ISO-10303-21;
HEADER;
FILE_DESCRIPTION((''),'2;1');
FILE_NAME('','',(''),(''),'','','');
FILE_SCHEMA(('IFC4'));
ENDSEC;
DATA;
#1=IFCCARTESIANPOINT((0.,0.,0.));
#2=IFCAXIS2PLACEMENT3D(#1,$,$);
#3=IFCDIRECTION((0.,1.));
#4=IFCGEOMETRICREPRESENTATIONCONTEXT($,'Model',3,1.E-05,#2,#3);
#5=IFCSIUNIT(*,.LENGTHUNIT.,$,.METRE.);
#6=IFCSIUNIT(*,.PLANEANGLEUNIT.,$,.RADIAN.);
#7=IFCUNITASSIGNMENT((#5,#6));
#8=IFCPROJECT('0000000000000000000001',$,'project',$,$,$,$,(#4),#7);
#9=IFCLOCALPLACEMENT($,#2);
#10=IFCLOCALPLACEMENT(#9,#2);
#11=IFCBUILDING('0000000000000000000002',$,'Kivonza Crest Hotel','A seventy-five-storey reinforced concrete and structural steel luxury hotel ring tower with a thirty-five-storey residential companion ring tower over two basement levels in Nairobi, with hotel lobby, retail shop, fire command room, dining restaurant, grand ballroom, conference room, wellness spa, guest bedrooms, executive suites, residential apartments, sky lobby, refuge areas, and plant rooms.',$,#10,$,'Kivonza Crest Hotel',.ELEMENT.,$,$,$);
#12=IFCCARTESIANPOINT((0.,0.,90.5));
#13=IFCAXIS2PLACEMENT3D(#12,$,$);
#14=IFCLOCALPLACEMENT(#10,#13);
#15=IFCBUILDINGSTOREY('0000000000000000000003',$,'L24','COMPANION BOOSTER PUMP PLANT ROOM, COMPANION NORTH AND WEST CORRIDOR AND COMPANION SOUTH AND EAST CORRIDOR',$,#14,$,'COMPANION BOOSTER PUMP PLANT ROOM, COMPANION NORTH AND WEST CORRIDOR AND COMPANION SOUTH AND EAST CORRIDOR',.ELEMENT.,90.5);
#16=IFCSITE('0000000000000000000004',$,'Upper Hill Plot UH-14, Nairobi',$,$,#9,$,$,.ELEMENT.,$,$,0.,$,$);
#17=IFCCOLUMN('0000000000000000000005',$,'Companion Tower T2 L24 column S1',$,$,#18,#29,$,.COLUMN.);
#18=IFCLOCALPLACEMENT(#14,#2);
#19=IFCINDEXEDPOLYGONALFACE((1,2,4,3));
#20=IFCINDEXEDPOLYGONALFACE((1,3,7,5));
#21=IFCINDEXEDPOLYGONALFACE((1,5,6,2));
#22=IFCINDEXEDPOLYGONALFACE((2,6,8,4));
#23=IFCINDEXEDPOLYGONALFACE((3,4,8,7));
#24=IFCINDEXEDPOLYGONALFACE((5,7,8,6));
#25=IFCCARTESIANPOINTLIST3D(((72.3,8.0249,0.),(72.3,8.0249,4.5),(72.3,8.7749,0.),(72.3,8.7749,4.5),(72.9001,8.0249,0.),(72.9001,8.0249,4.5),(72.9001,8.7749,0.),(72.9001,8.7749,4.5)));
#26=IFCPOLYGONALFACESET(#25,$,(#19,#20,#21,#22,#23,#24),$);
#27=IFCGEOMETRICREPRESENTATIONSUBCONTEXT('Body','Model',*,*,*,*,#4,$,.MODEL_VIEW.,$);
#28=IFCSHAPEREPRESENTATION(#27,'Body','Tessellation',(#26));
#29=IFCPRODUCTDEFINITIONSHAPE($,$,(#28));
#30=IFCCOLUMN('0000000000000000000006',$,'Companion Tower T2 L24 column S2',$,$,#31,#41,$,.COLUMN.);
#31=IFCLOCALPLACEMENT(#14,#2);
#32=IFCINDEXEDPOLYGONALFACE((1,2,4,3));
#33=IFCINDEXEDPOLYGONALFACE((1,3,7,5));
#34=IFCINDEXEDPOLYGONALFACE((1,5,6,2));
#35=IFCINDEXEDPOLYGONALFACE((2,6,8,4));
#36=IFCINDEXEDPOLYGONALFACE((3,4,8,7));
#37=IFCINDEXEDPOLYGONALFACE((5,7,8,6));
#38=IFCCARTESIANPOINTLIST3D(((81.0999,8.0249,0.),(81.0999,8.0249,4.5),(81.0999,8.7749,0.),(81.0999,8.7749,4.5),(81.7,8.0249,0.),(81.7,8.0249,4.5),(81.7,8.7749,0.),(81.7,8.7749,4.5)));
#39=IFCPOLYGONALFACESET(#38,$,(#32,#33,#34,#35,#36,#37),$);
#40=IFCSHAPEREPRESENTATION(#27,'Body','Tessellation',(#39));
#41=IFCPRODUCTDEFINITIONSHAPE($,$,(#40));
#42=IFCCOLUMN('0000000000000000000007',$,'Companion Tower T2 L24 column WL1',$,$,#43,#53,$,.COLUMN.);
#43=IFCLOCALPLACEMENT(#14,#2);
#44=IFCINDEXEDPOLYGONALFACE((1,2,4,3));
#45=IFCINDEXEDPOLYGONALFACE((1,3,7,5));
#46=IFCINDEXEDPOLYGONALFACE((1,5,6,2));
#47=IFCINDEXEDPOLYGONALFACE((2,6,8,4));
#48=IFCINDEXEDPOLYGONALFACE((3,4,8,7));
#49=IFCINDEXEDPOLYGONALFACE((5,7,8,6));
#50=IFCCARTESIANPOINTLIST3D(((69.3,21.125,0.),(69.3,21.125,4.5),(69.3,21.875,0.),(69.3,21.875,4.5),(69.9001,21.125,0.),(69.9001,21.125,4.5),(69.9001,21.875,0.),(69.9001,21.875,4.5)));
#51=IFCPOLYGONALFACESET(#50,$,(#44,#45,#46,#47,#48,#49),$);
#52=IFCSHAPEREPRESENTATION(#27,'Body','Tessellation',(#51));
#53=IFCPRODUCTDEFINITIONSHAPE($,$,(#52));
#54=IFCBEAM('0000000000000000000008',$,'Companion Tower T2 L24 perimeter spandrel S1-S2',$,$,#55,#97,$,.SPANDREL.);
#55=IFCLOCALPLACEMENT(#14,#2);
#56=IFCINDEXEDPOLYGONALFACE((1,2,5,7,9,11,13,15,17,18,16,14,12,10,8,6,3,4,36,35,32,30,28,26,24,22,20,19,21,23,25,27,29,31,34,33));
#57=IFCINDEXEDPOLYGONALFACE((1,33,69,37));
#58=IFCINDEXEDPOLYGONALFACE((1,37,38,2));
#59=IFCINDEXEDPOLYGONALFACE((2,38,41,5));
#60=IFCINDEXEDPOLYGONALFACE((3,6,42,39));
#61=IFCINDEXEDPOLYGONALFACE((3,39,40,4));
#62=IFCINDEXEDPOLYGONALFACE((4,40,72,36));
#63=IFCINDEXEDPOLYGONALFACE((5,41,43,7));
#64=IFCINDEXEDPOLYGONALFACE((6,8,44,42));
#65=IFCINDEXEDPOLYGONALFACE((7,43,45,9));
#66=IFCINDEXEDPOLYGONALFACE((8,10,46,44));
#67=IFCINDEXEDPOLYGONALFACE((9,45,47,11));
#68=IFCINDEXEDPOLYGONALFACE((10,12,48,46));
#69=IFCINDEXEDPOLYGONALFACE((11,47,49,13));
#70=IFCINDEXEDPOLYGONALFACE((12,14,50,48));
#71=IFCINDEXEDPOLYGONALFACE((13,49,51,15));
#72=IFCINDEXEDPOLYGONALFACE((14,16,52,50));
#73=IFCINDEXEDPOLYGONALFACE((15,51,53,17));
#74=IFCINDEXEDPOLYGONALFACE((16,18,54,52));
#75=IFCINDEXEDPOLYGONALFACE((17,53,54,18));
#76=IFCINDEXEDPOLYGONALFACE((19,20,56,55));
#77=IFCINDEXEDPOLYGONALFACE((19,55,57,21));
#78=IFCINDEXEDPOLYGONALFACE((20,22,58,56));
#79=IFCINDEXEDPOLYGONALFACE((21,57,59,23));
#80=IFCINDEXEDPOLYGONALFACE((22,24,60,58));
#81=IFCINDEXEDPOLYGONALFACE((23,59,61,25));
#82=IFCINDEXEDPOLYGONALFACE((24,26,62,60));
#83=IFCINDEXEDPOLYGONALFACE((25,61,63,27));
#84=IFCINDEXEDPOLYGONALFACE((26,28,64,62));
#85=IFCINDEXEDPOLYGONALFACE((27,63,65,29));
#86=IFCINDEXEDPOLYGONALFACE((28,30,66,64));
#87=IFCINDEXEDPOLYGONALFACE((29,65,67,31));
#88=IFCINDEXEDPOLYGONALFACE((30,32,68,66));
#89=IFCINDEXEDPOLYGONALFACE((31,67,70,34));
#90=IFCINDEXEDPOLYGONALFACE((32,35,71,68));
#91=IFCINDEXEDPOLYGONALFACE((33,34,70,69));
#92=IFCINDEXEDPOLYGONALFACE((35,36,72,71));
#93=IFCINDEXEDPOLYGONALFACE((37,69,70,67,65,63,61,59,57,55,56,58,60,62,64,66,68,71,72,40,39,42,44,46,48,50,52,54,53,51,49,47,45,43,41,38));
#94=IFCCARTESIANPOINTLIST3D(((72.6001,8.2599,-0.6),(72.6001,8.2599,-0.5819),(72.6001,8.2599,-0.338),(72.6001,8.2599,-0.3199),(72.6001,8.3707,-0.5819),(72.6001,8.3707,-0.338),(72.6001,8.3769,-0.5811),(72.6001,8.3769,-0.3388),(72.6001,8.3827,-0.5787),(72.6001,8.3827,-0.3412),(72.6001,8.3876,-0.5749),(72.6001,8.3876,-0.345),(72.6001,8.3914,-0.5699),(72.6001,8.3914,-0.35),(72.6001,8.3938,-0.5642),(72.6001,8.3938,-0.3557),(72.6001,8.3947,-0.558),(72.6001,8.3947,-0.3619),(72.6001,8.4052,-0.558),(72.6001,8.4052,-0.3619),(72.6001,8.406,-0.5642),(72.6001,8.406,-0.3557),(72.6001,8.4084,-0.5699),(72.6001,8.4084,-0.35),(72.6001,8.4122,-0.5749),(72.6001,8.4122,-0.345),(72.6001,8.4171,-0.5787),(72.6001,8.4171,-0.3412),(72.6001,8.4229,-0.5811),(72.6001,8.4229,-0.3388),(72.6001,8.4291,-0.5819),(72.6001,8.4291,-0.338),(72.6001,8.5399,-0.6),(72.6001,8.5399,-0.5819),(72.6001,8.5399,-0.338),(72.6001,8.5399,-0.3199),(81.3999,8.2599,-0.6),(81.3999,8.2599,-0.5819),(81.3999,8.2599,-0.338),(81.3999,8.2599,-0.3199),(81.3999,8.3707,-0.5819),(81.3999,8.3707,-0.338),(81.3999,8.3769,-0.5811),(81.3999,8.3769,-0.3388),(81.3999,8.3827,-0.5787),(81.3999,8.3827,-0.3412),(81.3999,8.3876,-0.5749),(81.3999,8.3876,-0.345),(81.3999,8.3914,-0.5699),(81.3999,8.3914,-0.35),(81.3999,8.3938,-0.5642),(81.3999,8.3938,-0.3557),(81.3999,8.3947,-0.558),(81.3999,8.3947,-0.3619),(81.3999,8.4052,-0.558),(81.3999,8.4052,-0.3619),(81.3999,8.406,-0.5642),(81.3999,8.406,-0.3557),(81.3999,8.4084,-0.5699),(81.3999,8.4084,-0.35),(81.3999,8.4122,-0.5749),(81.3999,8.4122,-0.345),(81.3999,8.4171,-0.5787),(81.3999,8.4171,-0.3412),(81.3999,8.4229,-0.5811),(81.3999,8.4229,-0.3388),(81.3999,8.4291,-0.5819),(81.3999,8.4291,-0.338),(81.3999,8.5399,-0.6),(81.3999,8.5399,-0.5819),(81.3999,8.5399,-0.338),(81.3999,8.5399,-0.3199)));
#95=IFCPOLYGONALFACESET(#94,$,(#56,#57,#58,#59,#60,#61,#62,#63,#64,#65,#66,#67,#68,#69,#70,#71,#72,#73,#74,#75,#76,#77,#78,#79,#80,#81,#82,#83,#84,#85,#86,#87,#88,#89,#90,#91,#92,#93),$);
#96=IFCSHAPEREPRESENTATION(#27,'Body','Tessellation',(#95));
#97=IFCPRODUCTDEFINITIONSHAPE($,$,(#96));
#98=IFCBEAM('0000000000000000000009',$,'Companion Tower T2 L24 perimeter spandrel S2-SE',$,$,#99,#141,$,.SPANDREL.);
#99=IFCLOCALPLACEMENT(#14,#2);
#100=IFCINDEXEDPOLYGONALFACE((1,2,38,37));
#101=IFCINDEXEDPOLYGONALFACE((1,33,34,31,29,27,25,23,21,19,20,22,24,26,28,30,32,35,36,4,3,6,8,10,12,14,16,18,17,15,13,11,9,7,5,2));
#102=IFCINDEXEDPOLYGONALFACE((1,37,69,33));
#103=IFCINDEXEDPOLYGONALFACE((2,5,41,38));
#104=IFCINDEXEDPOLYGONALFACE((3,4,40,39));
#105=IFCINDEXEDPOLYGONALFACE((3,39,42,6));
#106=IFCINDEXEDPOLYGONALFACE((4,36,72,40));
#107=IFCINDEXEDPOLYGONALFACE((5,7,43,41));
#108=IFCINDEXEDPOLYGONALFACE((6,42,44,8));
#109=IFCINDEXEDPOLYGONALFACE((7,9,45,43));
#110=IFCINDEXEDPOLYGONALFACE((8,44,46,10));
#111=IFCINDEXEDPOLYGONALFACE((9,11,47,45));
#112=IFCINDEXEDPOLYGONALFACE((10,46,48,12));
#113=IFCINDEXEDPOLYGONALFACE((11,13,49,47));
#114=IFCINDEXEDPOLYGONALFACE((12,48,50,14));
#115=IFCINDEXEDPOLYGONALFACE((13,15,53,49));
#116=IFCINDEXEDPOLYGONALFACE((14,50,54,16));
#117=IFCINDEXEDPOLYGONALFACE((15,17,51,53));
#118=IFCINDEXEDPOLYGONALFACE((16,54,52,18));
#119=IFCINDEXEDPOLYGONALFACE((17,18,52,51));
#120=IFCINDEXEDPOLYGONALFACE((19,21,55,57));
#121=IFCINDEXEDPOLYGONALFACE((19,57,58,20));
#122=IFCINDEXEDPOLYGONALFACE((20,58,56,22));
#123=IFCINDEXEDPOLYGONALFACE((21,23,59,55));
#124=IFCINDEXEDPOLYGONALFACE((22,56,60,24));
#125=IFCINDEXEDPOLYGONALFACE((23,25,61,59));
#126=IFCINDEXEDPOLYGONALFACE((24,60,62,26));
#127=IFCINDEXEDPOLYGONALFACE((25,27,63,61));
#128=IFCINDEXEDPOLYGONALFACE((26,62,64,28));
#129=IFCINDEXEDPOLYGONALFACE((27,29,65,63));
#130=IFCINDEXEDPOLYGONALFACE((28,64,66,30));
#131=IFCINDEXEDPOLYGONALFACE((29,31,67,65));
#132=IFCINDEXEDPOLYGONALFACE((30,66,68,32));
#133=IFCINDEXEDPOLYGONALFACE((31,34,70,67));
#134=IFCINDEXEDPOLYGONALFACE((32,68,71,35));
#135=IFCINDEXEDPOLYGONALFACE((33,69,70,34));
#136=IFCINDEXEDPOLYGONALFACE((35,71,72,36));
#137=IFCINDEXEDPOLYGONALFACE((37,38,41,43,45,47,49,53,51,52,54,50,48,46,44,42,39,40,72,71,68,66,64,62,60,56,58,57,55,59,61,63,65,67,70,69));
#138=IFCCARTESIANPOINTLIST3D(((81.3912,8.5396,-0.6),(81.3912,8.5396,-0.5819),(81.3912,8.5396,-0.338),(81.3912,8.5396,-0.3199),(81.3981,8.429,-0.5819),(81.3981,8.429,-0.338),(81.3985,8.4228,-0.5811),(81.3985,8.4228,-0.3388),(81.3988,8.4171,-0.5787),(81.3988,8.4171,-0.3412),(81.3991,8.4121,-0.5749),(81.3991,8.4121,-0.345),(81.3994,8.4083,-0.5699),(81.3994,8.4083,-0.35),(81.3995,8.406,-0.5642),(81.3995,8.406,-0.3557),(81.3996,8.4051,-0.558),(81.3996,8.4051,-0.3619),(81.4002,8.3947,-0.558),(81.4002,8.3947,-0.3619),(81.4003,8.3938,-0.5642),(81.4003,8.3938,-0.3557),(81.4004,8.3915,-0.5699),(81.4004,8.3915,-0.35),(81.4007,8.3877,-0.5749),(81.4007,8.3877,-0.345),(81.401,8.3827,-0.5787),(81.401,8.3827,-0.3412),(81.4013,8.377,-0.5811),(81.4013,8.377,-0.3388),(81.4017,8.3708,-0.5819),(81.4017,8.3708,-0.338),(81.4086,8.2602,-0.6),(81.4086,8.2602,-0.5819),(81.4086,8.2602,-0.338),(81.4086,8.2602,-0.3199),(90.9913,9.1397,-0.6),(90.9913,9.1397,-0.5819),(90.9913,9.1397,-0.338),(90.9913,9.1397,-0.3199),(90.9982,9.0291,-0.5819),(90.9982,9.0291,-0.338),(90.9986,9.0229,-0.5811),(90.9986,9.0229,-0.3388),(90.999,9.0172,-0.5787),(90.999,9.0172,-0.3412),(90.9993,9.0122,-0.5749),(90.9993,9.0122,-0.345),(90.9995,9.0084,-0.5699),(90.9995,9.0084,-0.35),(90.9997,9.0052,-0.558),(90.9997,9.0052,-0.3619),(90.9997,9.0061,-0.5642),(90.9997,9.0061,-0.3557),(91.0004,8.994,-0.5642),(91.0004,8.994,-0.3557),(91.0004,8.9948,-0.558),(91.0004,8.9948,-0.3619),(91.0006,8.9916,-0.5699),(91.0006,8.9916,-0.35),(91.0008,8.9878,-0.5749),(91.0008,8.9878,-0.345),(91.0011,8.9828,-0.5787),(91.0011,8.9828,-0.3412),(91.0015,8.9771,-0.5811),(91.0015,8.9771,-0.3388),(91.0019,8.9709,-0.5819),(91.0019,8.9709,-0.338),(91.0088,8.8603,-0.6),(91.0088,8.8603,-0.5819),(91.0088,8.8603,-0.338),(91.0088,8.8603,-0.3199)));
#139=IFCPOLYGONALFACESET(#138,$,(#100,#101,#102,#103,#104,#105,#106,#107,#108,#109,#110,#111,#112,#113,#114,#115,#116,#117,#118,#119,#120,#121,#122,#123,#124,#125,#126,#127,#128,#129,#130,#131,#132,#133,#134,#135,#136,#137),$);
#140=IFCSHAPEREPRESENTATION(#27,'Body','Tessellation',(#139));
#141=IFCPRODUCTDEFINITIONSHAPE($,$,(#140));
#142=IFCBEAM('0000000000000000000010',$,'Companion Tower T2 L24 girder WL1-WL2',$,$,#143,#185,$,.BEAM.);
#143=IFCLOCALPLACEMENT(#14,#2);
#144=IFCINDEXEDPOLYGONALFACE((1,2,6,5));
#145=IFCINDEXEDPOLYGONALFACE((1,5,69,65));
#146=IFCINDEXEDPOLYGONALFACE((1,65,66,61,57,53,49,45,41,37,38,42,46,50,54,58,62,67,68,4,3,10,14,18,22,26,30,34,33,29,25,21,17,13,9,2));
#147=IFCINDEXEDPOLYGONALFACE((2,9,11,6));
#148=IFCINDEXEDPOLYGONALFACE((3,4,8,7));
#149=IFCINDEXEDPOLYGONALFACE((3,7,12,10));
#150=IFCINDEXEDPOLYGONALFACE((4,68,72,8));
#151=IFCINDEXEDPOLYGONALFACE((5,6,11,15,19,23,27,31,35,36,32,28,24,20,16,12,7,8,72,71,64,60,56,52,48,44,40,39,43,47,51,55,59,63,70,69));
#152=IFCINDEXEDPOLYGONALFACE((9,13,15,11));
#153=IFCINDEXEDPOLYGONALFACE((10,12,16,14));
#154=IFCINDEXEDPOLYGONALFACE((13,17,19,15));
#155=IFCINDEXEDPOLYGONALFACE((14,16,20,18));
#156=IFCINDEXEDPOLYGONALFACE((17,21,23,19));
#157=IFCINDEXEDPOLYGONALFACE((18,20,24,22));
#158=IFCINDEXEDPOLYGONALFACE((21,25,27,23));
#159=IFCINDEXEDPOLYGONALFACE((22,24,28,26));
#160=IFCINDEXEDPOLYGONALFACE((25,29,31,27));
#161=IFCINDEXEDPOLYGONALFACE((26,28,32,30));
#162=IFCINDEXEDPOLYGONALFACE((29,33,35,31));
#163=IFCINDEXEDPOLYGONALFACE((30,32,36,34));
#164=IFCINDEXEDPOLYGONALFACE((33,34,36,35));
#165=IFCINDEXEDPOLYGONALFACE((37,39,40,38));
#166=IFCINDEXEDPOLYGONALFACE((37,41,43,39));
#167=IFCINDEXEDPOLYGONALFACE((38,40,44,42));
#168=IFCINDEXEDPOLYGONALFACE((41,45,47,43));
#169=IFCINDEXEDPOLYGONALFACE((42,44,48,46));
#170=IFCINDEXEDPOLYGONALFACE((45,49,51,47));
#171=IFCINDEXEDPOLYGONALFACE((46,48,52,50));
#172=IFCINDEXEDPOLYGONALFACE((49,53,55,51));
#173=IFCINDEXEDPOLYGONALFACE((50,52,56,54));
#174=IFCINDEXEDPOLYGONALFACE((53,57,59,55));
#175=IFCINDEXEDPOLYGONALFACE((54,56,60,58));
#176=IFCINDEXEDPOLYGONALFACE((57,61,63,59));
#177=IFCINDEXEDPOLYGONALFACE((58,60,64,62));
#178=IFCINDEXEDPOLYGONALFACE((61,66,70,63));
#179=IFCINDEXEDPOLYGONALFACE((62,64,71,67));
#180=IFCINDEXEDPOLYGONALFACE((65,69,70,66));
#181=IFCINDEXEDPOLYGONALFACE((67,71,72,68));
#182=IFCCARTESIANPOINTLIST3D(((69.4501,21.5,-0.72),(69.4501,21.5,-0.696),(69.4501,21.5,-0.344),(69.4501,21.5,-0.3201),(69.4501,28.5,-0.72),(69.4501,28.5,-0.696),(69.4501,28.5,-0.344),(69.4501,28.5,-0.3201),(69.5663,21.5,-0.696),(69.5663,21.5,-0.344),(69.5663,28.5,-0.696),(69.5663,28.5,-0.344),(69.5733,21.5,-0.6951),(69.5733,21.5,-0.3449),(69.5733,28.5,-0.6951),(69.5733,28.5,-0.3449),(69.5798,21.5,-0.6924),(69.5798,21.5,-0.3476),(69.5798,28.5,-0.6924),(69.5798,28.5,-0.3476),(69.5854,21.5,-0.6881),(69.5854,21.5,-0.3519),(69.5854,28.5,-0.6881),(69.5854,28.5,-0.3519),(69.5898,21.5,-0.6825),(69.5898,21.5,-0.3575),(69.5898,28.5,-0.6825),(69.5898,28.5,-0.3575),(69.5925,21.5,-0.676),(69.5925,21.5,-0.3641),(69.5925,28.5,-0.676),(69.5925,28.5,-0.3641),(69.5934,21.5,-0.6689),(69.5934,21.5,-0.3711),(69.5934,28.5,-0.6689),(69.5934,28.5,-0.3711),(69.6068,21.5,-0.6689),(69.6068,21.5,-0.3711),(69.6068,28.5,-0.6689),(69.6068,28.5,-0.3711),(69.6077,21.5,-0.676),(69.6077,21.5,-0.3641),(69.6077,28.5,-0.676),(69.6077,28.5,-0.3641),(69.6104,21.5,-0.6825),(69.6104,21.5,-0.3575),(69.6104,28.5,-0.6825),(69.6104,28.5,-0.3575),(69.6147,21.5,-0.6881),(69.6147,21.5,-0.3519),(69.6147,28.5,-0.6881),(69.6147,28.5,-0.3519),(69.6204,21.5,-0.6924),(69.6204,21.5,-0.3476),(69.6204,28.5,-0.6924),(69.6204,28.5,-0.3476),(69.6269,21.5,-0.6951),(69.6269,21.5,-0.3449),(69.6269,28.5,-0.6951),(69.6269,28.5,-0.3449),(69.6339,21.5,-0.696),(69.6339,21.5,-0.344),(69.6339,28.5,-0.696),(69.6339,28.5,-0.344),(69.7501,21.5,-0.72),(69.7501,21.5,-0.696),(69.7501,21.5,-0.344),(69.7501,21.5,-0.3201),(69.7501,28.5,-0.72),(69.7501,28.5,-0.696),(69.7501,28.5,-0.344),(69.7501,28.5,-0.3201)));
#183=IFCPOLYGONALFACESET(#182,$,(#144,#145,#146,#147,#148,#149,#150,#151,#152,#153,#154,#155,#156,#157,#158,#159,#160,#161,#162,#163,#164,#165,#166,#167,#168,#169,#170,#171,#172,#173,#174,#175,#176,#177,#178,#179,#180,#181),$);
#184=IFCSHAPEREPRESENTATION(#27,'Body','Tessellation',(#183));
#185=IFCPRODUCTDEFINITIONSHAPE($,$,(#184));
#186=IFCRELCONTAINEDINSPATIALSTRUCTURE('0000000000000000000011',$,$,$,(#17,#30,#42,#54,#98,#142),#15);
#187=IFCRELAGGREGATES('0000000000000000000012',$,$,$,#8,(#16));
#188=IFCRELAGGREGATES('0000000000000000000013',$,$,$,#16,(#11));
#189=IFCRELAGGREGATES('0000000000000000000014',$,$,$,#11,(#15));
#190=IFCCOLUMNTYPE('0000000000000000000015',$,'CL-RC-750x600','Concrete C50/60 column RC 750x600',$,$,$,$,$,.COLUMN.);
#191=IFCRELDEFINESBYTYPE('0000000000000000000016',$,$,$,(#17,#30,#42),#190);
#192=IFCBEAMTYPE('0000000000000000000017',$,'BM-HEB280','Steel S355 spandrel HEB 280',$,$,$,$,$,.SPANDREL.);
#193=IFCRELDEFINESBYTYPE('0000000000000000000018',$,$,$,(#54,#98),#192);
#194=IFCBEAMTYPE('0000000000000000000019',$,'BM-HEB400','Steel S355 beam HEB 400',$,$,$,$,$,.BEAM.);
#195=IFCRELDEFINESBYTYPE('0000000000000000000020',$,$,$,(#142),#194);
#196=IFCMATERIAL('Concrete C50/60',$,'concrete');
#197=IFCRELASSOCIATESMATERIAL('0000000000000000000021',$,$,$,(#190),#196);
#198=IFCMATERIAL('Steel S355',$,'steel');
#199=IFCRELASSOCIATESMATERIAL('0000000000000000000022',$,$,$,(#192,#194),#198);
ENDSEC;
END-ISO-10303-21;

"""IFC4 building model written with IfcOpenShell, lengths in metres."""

from ifc_helpers import new_model, si_unit, direction, frame, origin, origin_2d, place, context, subcontext, project, spatial, rectangle, i_section, extrude, material, material_profile, profile_set, type_object, element, save


model = new_model("IFC4")

# Units and contexts
model_context = context("Model", 3, precision=1e-05, world=origin(), true_north=direction((0.0, 1.0)))
body_context = subcontext(model_context, "Body", "Model", "MODEL_VIEW")
ifc_project = project(units=[si_unit("LENGTHUNIT", "METRE"), si_unit("PLANEANGLEUNIT", "RADIAN")], contexts=[model_context])

# Site, building, storey
site_placement = place(None, origin())
site = spatial("IfcSite", under=ifc_project, at=site_placement, Name="Upper Hill Plot UH-14, Nairobi", CompositionType="ELEMENT", RefElevation=0.0)
building_placement = place(site_placement, origin())
building = spatial("IfcBuilding", under=site, at=building_placement, Name="Kivonza Crest Hotel", Description="A seventy-five-storey reinforced concrete and structural steel luxury hotel ring tower with a thirty-five-storey residential companion ring tower over two basement levels in Nairobi, with hotel lobby, retail shop, fire command room, dining restaurant, grand ballroom, conference room, wellness spa, guest bedrooms, executive suites, residential apartments, sky lobby, refuge areas, and plant rooms.", LongName="Kivonza Crest Hotel", CompositionType="ELEMENT")
storey_placement = place(building_placement, frame((0.0, 0.0, 90.5)))
storey = spatial("IfcBuildingStorey", under=building, at=storey_placement, Name="L24", Description="COMPANION BOOSTER PUMP PLANT ROOM, COMPANION NORTH AND WEST CORRIDOR AND COMPANION SOUTH AND EAST CORRIDOR", LongName="COMPANION BOOSTER PUMP PLANT ROOM, COMPANION NORTH AND WEST CORRIDOR AND COMPANION SOUTH AND EAST CORRIDOR", CompositionType="ELEMENT", Elevation=90.5)

# Columns
ifc_material_1 = material(Name="Concrete C50/60", Category="concrete")
ifc_material_profile_1 = material_profile(ifc_material_1, rectangle(XDim=0.6001, YDim=0.75, at=origin_2d()), Name="RC 750x600")
ifc_profile_set_1 = profile_set([ifc_material_profile_1], Name="Concrete C50/60")
column_type = type_object("IfcColumnType", Name="CL-RC-750x600", Description="Concrete C50/60 column RC 750x600", PredefinedType="COLUMN", material=ifc_profile_set_1)
for number, where, z_axis, x_axis, name in (
    (1, (72.6001, 8.3999, 0.0), (0.0, 0.0, 1.0), (1.0, 0.0, 0.0), "Companion Tower T2 L24 column S1"),
    (2, (81.3999, 8.3999, 0.0), (0.0, 0.0, 1.0), (1.0, 0.0, 0.0), "Companion Tower T2 L24 column S2"),
    (3, (69.6001, 21.5, 0.0), (0.0, 0.0, 1.0), (1.0, 0.0, 0.0), "Companion Tower T2 L24 column WL1"),
):
    element("IfcColumn", number, at=place(storey_placement, frame(where, z_axis=z_axis, x_axis=x_axis)), inside=storey, type_object=column_type, Name=name, PredefinedType="COLUMN", context=body_context, shape_type="SweptSolid", body=[
        extrude(rectangle(XDim=0.6001, YDim=0.75, at=origin_2d()), origin(), (0.0, 0.0, 1.0), 4.5),
    ])

# Beams
ifc_material_2 = material(Name="Steel S355", Category="steel")
ifc_material_profile_2 = material_profile(ifc_material_2, i_section(OverallWidth=0.28, OverallDepth=0.28, WebThickness=0.0105, FlangeThickness=0.0181, FilletRadius=0.0239, at=origin_2d()), Name="HEB 280")
ifc_profile_set_2 = profile_set([ifc_material_profile_2], Name="Steel S355")
beam_type_1 = type_object("IfcBeamType", Name="BM-HEB280", Description="Steel S355 spandrel HEB 280", PredefinedType="SPANDREL", material=ifc_profile_set_2)
beam_1_placement = place(storey_placement, frame((72.6001, 8.3999, -0.46), z_axis=(1.0, 0.0, 0.0), x_axis=(0.0, 1.0, 0.0)))
element("IfcBeam", 4, at=beam_1_placement, inside=storey, type_object=beam_type_1, Name="Companion Tower T2 L24 perimeter spandrel S1-S2", PredefinedType="SPANDREL", context=body_context, shape_type="SweptSolid", body=[
    extrude(i_section(OverallWidth=0.28, OverallDepth=0.28, WebThickness=0.0105, FlangeThickness=0.0181, FilletRadius=0.0239, at=origin_2d()), origin(), (0.0, 0.0, 1.0), 8.7998),
])
beam_2_placement = place(storey_placement, frame((81.3999, 8.3999, -0.46), z_axis=(0.998052, 0.062388, 0.0), x_axis=(-0.062388, 0.998052, 0.0)))
element("IfcBeam", 5, at=beam_2_placement, inside=storey, type_object=beam_type_1, Name="Companion Tower T2 L24 perimeter spandrel S2-SE", PredefinedType="SPANDREL", context=body_context, shape_type="SweptSolid", body=[
    extrude(i_section(OverallWidth=0.28, OverallDepth=0.28, WebThickness=0.0105, FlangeThickness=0.0181, FilletRadius=0.0239, at=origin_2d()), origin(), (0.0, 0.0, 1.0), 9.6189),
])
ifc_material_profile_3 = material_profile(ifc_material_2, i_section(OverallWidth=0.3, OverallDepth=0.3999, WebThickness=0.0134, FlangeThickness=0.0239, FilletRadius=0.0271, at=origin_2d()), Name="HEB 400")
ifc_profile_set_3 = profile_set([ifc_material_profile_3], Name="Steel S355")
beam_type_2 = type_object("IfcBeamType", Name="BM-HEB400", Description="Steel S355 beam HEB 400", PredefinedType="BEAM", material=ifc_profile_set_3)
beam_3_placement = place(storey_placement, frame((69.6001, 21.5, -0.52), z_axis=(0.0, 1.0, 0.0), x_axis=(-1.0, 0.0, 0.0)))
element("IfcBeam", 6, at=beam_3_placement, inside=storey, type_object=beam_type_2, Name="Companion Tower T2 L24 girder WL1-WL2", PredefinedType="BEAM", context=body_context, shape_type="SweptSolid", body=[
    extrude(i_section(OverallWidth=0.3, OverallDepth=0.3999, WebThickness=0.0134, FlangeThickness=0.0239, FilletRadius=0.0271, at=origin_2d()), origin(), (0.0, 0.0, 1.0), 7.0),
])

save(model, "model.ifc")
